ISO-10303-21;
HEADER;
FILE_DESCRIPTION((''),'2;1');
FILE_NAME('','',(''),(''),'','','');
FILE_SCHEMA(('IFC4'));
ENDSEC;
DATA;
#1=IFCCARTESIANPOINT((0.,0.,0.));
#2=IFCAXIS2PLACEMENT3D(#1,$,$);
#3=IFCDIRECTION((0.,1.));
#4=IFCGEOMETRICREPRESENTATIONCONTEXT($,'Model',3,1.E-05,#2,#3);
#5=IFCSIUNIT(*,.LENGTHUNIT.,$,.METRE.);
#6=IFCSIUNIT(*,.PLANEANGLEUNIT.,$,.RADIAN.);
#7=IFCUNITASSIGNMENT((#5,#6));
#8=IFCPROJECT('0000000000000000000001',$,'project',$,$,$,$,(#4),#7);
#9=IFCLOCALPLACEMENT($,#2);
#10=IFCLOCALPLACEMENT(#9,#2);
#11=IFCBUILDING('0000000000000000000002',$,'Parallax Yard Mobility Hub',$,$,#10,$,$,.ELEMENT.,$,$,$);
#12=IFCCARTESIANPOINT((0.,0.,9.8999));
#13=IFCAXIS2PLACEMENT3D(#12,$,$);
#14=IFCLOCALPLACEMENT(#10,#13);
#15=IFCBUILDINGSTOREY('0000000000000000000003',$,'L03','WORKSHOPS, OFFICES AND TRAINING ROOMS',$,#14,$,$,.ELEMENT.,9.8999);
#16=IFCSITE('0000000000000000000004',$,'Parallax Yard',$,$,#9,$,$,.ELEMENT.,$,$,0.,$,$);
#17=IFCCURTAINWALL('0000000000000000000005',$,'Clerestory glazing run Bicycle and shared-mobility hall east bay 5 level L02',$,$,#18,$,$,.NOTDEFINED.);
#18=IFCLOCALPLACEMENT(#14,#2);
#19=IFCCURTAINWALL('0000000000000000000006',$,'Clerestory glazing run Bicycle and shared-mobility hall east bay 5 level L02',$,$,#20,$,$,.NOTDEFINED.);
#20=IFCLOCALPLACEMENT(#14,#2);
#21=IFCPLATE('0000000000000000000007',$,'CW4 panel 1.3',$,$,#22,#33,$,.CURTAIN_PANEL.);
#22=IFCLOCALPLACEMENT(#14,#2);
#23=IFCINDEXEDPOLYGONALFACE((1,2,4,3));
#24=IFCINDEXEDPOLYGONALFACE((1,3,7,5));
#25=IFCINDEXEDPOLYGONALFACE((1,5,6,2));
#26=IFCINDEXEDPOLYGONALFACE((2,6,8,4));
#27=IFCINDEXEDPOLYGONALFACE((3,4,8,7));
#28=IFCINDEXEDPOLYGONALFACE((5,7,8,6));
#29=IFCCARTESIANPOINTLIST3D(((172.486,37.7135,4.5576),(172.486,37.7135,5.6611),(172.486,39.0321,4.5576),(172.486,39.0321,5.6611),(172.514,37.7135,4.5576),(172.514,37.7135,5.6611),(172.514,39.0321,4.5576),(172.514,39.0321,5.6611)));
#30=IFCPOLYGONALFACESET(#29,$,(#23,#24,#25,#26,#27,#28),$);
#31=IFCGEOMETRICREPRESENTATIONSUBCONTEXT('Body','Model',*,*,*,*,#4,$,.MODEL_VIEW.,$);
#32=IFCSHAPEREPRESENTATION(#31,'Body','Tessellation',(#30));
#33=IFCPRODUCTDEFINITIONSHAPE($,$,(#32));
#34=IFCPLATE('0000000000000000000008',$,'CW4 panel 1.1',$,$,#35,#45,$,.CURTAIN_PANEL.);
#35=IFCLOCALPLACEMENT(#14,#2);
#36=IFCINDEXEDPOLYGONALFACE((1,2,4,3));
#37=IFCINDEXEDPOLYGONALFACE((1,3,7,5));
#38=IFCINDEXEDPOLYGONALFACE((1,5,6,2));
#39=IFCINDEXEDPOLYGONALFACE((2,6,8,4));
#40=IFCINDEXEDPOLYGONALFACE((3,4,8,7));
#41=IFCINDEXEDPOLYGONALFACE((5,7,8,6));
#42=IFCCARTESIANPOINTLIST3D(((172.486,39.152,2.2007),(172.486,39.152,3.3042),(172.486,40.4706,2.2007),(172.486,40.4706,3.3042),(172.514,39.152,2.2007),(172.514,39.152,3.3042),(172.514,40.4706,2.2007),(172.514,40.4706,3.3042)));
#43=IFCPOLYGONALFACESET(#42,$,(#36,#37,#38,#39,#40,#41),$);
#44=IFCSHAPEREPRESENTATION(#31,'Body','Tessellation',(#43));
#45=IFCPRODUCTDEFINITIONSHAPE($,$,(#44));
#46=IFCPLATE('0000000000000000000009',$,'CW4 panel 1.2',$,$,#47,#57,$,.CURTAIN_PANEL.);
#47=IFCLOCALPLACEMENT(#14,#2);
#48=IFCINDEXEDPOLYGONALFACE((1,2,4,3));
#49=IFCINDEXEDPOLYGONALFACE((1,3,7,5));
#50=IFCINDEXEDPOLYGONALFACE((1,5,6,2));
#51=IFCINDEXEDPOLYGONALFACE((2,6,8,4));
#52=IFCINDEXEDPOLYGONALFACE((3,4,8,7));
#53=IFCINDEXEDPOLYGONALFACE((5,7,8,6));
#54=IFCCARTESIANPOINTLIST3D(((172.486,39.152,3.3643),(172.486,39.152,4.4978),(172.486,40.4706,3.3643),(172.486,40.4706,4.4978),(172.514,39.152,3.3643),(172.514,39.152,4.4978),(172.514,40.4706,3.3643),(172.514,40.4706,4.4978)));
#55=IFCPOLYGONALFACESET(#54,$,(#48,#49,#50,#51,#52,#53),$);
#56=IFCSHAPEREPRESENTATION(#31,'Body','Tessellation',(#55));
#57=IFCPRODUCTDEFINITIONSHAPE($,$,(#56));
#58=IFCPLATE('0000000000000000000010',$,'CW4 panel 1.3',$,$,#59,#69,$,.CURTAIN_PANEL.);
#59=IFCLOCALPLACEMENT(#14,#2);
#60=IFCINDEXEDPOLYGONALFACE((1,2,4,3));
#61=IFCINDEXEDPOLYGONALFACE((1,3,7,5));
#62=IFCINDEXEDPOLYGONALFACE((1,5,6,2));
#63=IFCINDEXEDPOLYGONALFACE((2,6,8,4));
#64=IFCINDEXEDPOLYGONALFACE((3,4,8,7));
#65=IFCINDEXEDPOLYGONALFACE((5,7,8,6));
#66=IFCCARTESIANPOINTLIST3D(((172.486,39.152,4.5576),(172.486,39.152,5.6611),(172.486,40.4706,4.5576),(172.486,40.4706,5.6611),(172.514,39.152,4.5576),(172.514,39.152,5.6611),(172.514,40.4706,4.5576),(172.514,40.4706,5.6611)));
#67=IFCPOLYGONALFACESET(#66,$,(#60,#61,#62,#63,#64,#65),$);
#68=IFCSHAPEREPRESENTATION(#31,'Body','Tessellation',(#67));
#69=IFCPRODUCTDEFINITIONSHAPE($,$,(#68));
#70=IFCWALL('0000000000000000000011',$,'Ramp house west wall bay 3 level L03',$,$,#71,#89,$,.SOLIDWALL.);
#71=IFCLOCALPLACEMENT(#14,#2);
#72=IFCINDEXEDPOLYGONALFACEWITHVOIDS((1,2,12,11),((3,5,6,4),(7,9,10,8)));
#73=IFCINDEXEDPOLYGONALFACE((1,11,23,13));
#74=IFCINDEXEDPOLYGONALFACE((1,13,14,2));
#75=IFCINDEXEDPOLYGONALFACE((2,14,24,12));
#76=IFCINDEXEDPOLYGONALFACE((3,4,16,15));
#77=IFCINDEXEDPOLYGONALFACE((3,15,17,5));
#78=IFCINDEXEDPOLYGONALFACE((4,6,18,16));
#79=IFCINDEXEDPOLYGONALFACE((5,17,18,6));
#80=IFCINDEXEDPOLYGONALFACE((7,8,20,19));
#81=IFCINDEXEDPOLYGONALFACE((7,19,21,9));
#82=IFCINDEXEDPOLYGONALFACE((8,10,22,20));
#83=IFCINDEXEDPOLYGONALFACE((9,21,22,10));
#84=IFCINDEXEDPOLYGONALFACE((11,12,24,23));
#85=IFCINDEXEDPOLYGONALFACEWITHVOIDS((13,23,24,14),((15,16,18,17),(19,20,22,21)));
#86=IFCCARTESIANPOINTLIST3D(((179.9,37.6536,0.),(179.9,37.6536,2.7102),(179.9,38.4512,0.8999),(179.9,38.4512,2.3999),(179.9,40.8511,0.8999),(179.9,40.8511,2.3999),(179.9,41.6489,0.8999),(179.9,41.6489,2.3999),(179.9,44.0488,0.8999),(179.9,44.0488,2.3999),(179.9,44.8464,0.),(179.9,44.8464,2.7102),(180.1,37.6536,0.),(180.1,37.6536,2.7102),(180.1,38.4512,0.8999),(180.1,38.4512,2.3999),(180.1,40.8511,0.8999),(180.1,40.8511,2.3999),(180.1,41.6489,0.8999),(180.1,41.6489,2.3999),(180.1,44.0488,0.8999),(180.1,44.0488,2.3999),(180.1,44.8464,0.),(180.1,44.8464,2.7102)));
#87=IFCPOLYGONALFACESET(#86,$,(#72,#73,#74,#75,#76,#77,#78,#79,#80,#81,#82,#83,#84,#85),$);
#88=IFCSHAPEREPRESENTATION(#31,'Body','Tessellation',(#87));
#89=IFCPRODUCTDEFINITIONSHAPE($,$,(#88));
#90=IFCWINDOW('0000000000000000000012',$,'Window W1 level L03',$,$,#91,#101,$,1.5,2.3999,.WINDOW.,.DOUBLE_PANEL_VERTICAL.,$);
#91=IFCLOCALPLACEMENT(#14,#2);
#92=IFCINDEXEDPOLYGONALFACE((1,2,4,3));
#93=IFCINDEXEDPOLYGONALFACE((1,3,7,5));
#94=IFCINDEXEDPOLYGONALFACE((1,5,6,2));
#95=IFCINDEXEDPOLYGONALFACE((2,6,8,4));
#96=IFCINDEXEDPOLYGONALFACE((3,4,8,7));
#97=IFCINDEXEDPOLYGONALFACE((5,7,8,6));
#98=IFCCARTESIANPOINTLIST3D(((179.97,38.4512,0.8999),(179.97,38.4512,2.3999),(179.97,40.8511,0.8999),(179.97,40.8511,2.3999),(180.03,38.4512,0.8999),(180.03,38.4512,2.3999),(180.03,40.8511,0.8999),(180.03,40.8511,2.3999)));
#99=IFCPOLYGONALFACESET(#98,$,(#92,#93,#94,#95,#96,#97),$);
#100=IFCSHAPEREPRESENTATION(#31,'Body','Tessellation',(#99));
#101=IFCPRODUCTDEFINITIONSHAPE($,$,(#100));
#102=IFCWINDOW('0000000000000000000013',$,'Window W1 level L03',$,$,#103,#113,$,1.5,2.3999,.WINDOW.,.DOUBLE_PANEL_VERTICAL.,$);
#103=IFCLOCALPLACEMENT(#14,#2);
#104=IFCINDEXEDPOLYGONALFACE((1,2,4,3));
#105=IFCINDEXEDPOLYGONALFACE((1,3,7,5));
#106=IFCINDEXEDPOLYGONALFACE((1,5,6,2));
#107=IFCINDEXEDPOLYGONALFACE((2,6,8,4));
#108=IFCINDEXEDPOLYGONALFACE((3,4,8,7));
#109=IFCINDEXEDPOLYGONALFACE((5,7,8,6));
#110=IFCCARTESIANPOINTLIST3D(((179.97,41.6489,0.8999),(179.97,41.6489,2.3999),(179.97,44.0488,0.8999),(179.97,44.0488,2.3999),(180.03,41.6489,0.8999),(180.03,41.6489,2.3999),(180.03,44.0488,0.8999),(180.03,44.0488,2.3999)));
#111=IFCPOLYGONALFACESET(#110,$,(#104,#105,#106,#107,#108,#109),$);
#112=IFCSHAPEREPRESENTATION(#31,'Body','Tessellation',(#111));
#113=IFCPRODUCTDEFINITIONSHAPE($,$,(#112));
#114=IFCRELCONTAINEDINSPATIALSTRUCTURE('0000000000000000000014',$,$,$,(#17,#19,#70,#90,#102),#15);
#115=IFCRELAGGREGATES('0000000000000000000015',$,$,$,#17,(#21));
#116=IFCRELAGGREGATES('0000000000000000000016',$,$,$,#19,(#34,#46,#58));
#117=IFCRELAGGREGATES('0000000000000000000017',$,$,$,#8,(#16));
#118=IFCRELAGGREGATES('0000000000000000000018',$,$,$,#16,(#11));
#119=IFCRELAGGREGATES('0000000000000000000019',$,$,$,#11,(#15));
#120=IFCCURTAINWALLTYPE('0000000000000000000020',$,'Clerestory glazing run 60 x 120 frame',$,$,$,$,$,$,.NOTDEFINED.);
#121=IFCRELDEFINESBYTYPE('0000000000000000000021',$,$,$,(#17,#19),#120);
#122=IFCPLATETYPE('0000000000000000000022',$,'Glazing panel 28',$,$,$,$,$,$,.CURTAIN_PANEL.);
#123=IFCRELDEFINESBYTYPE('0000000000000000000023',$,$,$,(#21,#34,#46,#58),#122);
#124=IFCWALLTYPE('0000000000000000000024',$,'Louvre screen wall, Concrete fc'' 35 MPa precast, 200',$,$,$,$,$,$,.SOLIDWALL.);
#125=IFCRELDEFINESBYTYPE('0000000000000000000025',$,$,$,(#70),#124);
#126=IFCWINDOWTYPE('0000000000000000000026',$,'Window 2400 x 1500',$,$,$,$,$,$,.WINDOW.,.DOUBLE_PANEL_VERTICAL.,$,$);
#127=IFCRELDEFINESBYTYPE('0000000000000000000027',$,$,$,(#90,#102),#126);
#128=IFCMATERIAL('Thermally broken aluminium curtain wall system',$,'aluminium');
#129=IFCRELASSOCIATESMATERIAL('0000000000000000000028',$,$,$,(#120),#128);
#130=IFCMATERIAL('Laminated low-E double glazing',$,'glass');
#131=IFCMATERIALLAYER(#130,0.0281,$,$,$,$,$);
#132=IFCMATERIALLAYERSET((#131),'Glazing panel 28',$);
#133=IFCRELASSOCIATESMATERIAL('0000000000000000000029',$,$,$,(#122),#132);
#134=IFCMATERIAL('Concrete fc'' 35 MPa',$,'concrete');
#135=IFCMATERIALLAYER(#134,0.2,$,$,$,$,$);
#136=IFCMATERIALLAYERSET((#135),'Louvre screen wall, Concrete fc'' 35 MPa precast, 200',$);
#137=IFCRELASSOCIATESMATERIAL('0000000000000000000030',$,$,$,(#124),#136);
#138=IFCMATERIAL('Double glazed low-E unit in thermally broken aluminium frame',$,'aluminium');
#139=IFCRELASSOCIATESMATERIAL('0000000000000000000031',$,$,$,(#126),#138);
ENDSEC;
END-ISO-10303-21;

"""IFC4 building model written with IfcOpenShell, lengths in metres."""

from ifc_helpers import new_model, si_unit, direction, frame, frame_2d, origin, origin_2d, place, context, subcontext, project, spatial, rectangle, extrude, material, layer, layer_set, type_object, element, fill, aggregate, save


model = new_model("IFC4")

# Units and contexts
model_context = context("Model", 3, precision=1e-05, world=origin(), true_north=direction((0.0, 1.0)))
body_context = subcontext(model_context, "Body", "Model", "MODEL_VIEW")
ifc_project = project(units=[si_unit("LENGTHUNIT", "METRE"), si_unit("PLANEANGLEUNIT", "RADIAN")], contexts=[model_context])

# Site, building, storey
site_placement = place(None, origin())
site = spatial("IfcSite", under=ifc_project, at=site_placement, Name="Parallax Yard", CompositionType="ELEMENT", RefElevation=0.0)
building_placement = place(site_placement, origin())
building = spatial("IfcBuilding", under=site, at=building_placement, Name="Parallax Yard Mobility Hub", CompositionType="ELEMENT")
storey_placement = place(building_placement, frame((0.0, 0.0, 9.8999)))
storey = spatial("IfcBuildingStorey", under=building, at=storey_placement, Name="L03", Description="WORKSHOPS, OFFICES AND TRAINING ROOMS", CompositionType="ELEMENT", Elevation=9.8999)

# Curtain wall
ifc_material_1 = material(Name="Thermally broken aluminium curtain wall system", Category="aluminium")
curtain_wall_type = type_object("IfcCurtainWallType", Name="Clerestory glazing run 60 x 120 frame", PredefinedType="NOTDEFINED", material=ifc_material_1)
curtain_wall_1_placement = place(storey_placement, origin())
curtain_wall_1 = element("IfcCurtainWall", 1, at=curtain_wall_1_placement, inside=storey, type_object=curtain_wall_type, Name="Clerestory glazing run Bicycle and shared-mobility hall east bay 5 level L02", PredefinedType="NOTDEFINED")

# Curtain wall
curtain_wall_2_placement = place(storey_placement, origin())
curtain_wall_2 = element("IfcCurtainWall", 2, at=curtain_wall_2_placement, inside=storey, type_object=curtain_wall_type, Name="Clerestory glazing run Bicycle and shared-mobility hall east bay 5 level L02", PredefinedType="NOTDEFINED")

# Plates
ifc_material_2 = material(Name="Laminated low-E double glazing", Category="glass")
ifc_layer_1 = layer(ifc_material_2, 0.0281)
ifc_layer_set_1 = layer_set([ifc_layer_1], Name="Glazing panel 28")
plate_type = type_object("IfcPlateType", Name="Glazing panel 28", PredefinedType="CURTAIN_PANEL", material=ifc_layer_set_1)
plate_1_placement = place(storey_placement, frame((172.5, 38.3728, 4.5576), z_axis=(0.0, 0.0, 1.0), x_axis=(0.0, 1.0, 0.0)))
plate_1 = element("IfcPlate", 3, at=plate_1_placement, type_object=plate_type, Name="CW4 panel 1.3", PredefinedType="CURTAIN_PANEL", context=body_context, shape_type="SweptSolid", body=[
    extrude(rectangle(XDim=1.3186, YDim=0.0281, at=origin_2d()), origin(), (0.0, 0.0, 1.0), 1.1035),
])
aggregate(curtain_wall_1, [plate_1])
plate_2_placement = place(storey_placement, frame((172.5, 39.8113, 2.2007), z_axis=(0.0, 0.0, 1.0), x_axis=(0.0, 1.0, 0.0)))
plate_2 = element("IfcPlate", 4, at=plate_2_placement, type_object=plate_type, Name="CW4 panel 1.1", PredefinedType="CURTAIN_PANEL", context=body_context, shape_type="SweptSolid", body=[
    extrude(rectangle(XDim=1.3186, YDim=0.0281, at=origin_2d()), origin(), (0.0, 0.0, 1.0), 1.1035),
])
plate_3_placement = place(storey_placement, frame((172.5, 39.8113, 3.3643), z_axis=(0.0, 0.0, 1.0), x_axis=(0.0, 1.0, 0.0)))
plate_3 = element("IfcPlate", 5, at=plate_3_placement, type_object=plate_type, Name="CW4 panel 1.2", PredefinedType="CURTAIN_PANEL", context=body_context, shape_type="SweptSolid", body=[
    extrude(rectangle(XDim=1.3186, YDim=0.0281, at=origin_2d()), origin(), (0.0, 0.0, 1.0), 1.1335),
])
plate_4_placement = place(storey_placement, frame((172.5, 39.8113, 4.5576), z_axis=(0.0, 0.0, 1.0), x_axis=(0.0, 1.0, 0.0)))
plate_4 = element("IfcPlate", 6, at=plate_4_placement, type_object=plate_type, Name="CW4 panel 1.3", PredefinedType="CURTAIN_PANEL", context=body_context, shape_type="SweptSolid", body=[
    extrude(rectangle(XDim=1.3186, YDim=0.0281, at=origin_2d()), origin(), (0.0, 0.0, 1.0), 1.1035),
])
aggregate(curtain_wall_2, [plate_2, plate_3, plate_4])

# Wall, openings, windows
ifc_material_3 = material(Name="Concrete fc' 35 MPa", Category="concrete")
ifc_layer_2 = layer(ifc_material_3, 0.2)
ifc_layer_set_2 = layer_set([ifc_layer_2], Name="Louvre screen wall, Concrete fc' 35 MPa precast, 200")
wall_type = type_object("IfcWallType", Name="Louvre screen wall, Concrete fc' 35 MPa precast, 200", PredefinedType="SOLIDWALL", material=ifc_layer_set_2)
wall_placement = place(storey_placement, frame((180.0, 37.6536, 0.0), z_axis=(0.0, 0.0, 1.0), x_axis=(0.0, 1.0, 0.0)))
wall = element("IfcWall", 7, at=wall_placement, inside=storey, type_object=wall_type, Name="Ramp house west wall bay 3 level L03", PredefinedType="SOLIDWALL", context=body_context, shape_type="SweptSolid", body=[
    extrude(rectangle(XDim=7.1929, YDim=0.2, at=frame_2d((3.5964, 0.0))), origin(), (0.0, 0.0, 1.0), 2.7102),
])
opening_1_placement = place(wall_placement, frame((0.7976, 0.0, 0.8999)))
opening_1 = element("IfcOpeningElement", 8, at=opening_1_placement, cuts=wall, PredefinedType="OPENING", context=body_context, shape_type="SweptSolid", body=[
    extrude(rectangle(XDim=2.3999, YDim=1.5, at=frame_2d((1.2, 0.75))), frame((0.0, 0.1099, 0.0), z_axis=(0.0, -1.0, 0.0), x_axis=(1.0, 0.0, 0.0)), (0.0, 0.0, 1.0), 0.22),
])
opening_2_placement = place(wall_placement, frame((3.9954, 0.0, 0.8999)))
opening_2 = element("IfcOpeningElement", 9, at=opening_2_placement, cuts=wall, PredefinedType="OPENING", context=body_context, shape_type="SweptSolid", body=[
    extrude(rectangle(XDim=2.3999, YDim=1.5, at=frame_2d((1.2, 0.75))), frame((0.0, 0.1099, 0.0), z_axis=(0.0, -1.0, 0.0), x_axis=(1.0, 0.0, 0.0)), (0.0, 0.0, 1.0), 0.22),
])
ifc_material_4 = material(Name="Double glazed low-E unit in thermally broken aluminium frame", Category="aluminium")
window_type = type_object("IfcWindowType", Name="Window 2400 x 1500", PartitioningType="DOUBLE_PANEL_VERTICAL", PredefinedType="WINDOW", material=ifc_material_4)
window_1_placement = place(opening_1_placement, origin())
window_1 = element("IfcWindow", 10, at=window_1_placement, inside=storey, type_object=window_type, Name="Window W1 level L03", OverallHeight=1.5, OverallWidth=2.3999, PartitioningType="DOUBLE_PANEL_VERTICAL", PredefinedType="WINDOW", context=body_context, shape_type="SweptSolid", body=[
    extrude(rectangle(XDim=2.3999, YDim=1.5, at=frame_2d((1.2, 0.75))), frame((0.0, 0.03, 0.0), z_axis=(0.0, -1.0, 0.0), x_axis=(1.0, 0.0, 0.0)), (0.0, 0.0, 1.0), 0.0601),
])
fill(opening_1, window_1)
window_2_placement = place(opening_2_placement, origin())
window_2 = element("IfcWindow", 11, at=window_2_placement, inside=storey, type_object=window_type, Name="Window W1 level L03", OverallHeight=1.5, OverallWidth=2.3999, PartitioningType="DOUBLE_PANEL_VERTICAL", PredefinedType="WINDOW", context=body_context, shape_type="SweptSolid", body=[
    extrude(rectangle(XDim=2.3999, YDim=1.5, at=frame_2d((1.2, 0.75))), frame((0.0, 0.03, 0.0), z_axis=(0.0, -1.0, 0.0), x_axis=(1.0, 0.0, 0.0)), (0.0, 0.0, 1.0), 0.0601),
])
fill(opening_2, window_2)

save(model, "model.ifc")
